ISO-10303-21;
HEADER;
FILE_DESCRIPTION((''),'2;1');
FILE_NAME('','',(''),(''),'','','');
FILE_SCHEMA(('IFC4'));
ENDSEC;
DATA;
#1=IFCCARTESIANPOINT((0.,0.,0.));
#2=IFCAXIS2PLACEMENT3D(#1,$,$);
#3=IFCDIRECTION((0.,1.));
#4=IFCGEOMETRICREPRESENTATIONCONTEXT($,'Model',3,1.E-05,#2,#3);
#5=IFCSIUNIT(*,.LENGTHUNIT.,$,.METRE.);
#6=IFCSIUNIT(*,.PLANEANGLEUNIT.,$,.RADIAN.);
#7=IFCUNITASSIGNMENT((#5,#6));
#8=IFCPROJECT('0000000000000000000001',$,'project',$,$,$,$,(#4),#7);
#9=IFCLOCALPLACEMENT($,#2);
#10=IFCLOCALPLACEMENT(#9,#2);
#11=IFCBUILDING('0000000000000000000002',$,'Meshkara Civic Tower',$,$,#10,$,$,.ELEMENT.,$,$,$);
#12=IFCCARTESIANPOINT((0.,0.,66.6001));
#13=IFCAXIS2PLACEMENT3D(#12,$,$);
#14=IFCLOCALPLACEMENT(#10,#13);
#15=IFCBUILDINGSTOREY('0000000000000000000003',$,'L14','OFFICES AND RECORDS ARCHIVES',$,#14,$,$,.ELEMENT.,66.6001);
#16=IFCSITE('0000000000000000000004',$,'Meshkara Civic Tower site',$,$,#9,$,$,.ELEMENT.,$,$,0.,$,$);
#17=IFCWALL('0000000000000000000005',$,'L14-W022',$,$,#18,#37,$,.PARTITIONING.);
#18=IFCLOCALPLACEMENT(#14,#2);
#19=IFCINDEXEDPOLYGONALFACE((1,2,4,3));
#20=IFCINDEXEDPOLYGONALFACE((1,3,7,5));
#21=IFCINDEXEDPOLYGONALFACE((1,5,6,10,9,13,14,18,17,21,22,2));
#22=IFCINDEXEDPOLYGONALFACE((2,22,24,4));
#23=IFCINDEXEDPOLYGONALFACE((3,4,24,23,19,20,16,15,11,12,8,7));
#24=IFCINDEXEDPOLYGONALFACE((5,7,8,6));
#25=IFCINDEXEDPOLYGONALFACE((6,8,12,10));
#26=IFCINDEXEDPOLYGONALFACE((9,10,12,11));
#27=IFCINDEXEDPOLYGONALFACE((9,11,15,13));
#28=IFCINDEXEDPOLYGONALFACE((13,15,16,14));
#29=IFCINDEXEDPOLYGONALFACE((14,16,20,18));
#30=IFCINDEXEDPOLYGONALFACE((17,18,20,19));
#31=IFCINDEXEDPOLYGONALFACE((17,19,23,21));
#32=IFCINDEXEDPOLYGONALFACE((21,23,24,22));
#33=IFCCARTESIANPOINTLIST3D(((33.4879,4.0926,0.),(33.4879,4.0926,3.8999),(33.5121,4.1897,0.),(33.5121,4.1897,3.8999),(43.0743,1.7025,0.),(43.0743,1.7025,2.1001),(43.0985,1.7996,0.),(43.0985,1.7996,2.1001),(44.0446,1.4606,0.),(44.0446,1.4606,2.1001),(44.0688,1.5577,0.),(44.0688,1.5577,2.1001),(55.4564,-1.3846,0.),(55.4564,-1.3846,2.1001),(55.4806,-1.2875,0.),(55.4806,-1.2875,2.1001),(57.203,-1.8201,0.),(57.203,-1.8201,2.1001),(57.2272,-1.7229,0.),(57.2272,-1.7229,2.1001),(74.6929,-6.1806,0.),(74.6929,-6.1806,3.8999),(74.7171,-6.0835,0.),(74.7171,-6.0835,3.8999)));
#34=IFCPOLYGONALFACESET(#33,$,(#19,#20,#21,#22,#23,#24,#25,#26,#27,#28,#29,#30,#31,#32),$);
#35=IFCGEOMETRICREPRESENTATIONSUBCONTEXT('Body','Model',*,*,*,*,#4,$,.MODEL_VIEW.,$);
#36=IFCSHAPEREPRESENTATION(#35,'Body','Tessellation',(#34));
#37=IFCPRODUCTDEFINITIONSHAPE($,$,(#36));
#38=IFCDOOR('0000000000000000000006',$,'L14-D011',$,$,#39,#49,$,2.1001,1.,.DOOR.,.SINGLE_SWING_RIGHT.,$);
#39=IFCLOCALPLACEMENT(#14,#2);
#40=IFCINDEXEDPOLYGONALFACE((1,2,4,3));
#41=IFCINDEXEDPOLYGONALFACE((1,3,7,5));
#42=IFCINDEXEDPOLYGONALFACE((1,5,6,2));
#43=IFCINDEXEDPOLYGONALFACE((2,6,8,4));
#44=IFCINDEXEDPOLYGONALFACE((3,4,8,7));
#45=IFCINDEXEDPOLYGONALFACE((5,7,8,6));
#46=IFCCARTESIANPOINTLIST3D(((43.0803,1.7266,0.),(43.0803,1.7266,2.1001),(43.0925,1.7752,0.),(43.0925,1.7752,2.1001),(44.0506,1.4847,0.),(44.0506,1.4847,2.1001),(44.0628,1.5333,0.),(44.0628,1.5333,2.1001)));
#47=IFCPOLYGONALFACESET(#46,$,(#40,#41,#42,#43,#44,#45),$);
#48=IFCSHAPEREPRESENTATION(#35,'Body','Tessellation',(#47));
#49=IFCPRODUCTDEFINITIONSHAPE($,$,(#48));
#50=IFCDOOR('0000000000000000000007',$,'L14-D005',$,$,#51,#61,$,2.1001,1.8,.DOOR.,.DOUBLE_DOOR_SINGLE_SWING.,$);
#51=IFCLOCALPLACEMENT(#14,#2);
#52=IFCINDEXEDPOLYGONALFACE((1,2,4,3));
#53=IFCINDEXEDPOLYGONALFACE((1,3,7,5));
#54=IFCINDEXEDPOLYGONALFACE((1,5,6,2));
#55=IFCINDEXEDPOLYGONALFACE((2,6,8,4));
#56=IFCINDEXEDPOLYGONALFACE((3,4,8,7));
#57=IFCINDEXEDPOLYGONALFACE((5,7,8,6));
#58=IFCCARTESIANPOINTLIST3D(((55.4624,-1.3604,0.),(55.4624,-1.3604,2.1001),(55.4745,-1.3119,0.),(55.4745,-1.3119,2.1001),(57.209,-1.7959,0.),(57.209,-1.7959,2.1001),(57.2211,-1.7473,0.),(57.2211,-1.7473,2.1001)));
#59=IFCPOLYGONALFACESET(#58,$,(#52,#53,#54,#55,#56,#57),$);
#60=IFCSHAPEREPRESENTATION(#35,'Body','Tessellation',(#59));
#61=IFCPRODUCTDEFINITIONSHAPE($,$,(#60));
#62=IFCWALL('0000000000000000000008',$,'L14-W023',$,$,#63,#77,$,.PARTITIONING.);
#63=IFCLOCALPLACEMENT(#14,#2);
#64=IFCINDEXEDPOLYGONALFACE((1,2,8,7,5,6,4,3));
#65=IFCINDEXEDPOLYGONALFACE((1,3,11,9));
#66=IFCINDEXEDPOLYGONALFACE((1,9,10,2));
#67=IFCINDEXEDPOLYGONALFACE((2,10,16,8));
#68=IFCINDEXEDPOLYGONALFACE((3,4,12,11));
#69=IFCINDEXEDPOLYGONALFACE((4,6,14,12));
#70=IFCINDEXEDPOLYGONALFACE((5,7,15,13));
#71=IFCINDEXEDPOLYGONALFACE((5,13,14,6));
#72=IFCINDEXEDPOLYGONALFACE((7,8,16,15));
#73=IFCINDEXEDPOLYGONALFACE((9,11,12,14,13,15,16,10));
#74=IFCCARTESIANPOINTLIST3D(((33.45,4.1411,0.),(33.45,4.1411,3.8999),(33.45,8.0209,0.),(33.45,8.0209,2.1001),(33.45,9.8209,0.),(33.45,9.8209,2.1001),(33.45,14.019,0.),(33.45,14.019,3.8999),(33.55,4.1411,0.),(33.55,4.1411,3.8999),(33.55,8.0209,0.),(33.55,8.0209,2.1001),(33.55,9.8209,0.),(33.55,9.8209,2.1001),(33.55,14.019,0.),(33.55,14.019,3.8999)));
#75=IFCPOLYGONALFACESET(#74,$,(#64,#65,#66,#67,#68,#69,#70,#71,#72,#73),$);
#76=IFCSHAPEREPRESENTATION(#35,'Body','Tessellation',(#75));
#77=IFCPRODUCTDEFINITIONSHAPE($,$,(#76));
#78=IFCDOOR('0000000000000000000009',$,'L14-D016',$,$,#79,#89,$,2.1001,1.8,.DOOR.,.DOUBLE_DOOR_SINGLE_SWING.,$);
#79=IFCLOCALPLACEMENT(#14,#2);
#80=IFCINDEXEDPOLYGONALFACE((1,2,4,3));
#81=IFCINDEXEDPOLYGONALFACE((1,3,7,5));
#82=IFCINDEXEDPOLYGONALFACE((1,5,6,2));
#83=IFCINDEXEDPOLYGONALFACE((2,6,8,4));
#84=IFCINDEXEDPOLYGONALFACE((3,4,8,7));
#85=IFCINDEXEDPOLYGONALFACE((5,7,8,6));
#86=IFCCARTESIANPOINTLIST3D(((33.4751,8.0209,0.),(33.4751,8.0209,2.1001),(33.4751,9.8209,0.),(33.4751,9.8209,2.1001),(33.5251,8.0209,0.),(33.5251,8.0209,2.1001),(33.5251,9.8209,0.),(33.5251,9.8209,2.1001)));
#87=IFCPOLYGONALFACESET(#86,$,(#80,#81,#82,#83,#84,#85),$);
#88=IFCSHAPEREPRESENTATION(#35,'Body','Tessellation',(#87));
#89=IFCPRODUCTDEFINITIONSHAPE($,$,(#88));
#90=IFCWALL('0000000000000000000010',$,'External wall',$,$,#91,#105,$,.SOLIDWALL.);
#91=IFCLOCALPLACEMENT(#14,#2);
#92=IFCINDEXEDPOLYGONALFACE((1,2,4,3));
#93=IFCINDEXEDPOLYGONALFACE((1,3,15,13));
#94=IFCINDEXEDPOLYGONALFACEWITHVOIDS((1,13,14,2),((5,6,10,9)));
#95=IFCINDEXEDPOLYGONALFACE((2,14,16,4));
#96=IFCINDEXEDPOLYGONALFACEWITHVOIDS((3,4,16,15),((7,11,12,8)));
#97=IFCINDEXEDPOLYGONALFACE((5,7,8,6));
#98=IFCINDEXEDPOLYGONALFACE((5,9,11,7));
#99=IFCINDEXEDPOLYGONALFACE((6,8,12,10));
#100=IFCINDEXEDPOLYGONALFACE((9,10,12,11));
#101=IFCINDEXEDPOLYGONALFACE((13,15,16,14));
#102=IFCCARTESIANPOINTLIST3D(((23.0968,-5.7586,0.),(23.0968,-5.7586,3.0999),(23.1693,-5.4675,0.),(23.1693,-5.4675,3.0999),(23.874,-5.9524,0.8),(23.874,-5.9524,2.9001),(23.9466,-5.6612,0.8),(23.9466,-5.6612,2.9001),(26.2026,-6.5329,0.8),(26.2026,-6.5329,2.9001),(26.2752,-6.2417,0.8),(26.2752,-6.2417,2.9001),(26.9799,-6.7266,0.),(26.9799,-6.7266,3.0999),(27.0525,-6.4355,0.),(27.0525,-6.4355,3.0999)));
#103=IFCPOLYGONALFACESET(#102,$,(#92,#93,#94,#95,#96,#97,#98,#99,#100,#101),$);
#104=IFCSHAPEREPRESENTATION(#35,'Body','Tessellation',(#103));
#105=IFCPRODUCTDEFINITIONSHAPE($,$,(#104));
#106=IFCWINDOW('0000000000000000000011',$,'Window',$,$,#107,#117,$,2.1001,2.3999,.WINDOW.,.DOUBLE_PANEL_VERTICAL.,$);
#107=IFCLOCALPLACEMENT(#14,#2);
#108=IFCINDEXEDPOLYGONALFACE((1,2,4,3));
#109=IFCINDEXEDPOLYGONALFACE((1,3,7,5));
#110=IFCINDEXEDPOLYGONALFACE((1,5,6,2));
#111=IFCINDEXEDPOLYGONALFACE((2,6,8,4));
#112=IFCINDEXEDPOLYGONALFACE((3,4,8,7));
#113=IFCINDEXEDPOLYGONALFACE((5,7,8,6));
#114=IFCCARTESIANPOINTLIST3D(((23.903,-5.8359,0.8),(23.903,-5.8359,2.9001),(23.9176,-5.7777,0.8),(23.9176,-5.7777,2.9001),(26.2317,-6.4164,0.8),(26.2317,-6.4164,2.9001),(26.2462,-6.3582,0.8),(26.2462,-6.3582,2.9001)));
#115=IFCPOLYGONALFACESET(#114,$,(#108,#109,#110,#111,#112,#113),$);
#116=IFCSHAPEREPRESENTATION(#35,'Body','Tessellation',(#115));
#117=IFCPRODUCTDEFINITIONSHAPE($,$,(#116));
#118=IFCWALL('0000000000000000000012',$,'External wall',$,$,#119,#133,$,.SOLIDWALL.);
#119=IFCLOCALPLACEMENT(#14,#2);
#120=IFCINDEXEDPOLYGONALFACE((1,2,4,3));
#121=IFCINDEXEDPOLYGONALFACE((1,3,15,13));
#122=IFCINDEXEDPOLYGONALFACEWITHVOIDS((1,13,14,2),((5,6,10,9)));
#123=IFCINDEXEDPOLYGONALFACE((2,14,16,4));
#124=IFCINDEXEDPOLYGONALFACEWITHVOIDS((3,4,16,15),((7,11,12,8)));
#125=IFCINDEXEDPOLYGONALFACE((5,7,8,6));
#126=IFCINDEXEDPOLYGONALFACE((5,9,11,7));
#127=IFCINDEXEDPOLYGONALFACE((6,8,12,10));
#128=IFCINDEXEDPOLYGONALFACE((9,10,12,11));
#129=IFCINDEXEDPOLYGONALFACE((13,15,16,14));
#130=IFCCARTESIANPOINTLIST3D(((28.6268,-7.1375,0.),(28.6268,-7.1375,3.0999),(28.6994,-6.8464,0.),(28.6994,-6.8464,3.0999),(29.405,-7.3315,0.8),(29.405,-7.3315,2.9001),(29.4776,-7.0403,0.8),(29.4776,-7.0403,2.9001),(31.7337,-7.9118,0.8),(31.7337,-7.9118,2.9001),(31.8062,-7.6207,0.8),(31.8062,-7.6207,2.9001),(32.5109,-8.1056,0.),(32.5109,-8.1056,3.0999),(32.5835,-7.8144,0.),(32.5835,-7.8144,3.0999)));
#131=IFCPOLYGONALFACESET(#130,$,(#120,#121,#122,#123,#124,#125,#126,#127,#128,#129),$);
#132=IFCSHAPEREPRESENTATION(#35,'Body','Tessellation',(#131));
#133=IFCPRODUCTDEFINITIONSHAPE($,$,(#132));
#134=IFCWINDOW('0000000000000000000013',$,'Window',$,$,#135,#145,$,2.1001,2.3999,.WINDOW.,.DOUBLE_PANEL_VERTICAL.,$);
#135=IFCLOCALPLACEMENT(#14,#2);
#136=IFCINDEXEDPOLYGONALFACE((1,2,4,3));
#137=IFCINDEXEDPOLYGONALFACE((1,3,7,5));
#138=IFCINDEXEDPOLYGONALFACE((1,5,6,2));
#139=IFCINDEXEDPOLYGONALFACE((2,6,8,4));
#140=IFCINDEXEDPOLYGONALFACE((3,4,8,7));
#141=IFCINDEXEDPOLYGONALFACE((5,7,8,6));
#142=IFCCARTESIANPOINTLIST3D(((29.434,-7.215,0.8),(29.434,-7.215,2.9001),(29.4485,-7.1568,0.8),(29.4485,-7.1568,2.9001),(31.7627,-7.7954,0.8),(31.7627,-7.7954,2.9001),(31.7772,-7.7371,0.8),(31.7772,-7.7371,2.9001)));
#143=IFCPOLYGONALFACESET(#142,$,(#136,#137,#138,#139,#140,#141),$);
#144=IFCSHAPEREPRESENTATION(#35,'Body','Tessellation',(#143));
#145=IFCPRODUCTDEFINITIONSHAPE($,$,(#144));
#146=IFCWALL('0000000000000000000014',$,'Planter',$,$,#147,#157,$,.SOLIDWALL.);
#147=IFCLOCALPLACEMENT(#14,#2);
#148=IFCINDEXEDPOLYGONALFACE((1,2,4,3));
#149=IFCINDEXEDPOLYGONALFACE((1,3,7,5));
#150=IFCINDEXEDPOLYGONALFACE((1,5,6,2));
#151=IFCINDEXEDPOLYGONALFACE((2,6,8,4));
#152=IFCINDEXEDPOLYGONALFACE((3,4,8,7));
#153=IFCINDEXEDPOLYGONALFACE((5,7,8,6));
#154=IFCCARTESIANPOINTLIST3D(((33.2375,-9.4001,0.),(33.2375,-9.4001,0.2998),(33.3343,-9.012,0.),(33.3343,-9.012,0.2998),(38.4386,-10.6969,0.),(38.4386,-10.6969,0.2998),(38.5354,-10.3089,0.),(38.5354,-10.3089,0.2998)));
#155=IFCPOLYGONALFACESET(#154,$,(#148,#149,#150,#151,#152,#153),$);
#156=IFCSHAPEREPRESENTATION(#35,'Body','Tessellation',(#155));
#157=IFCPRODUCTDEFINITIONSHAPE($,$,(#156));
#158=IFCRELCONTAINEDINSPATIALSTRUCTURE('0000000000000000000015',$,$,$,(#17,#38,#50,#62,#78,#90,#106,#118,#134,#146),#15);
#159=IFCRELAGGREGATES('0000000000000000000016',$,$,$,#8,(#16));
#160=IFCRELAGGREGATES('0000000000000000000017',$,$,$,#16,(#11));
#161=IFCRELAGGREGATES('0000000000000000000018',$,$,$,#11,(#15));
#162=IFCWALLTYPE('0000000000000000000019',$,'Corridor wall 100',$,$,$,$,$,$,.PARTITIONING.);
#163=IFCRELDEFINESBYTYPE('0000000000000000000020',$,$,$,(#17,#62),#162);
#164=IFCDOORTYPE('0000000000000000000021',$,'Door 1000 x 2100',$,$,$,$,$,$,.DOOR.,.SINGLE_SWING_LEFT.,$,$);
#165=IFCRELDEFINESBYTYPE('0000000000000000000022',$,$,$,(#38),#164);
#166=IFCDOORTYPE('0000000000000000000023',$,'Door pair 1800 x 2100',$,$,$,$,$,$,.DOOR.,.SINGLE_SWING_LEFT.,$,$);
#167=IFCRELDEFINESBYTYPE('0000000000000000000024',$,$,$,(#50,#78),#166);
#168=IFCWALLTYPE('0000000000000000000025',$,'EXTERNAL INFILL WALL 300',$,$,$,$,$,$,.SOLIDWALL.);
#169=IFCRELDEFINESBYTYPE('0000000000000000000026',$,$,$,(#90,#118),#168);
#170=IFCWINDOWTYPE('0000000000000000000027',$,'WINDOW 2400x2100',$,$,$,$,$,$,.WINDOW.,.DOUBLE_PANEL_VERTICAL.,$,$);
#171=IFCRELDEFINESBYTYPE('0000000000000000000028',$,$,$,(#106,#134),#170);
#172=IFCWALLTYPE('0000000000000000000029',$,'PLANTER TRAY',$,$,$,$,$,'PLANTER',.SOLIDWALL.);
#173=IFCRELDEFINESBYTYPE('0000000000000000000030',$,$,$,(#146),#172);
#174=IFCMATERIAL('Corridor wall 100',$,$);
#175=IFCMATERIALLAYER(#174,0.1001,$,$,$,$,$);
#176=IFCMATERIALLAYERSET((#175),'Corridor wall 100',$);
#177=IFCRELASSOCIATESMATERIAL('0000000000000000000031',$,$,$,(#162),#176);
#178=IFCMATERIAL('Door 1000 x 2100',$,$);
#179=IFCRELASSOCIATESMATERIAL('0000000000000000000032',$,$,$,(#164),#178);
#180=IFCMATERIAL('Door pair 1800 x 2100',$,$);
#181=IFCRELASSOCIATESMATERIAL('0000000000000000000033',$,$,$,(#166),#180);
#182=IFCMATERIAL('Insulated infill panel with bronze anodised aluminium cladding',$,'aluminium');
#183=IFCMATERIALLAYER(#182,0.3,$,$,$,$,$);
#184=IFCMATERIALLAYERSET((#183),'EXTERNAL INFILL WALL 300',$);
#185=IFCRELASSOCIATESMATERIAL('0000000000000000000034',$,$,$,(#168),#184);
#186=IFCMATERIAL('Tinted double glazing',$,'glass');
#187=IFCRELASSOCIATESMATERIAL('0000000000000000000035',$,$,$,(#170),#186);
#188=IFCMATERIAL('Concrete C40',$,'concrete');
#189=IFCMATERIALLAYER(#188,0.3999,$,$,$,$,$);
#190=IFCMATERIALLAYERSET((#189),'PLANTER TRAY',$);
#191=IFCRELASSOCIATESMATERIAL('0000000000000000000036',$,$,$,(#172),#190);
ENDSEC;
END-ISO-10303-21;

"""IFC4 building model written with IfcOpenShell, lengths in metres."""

from ifc_helpers import new_model, si_unit, direction, frame, frame_2d, origin, place, context, subcontext, project, spatial, rectangle, extrude, material, layer, layer_set, type_object, element, fill, save


model = new_model("IFC4")

# Units and contexts
model_context = context("Model", 3, precision=1e-05, world=origin(), true_north=direction((0.0, 1.0)))
body_context = subcontext(model_context, "Body", "Model", "MODEL_VIEW")
ifc_project = project(units=[si_unit("LENGTHUNIT", "METRE"), si_unit("PLANEANGLEUNIT", "RADIAN")], contexts=[model_context])

# Site, building, storey
site_placement = place(None, origin())
site = spatial("IfcSite", under=ifc_project, at=site_placement, Name="Meshkara Civic Tower site", CompositionType="ELEMENT", RefElevation=0.0)
building_placement = place(site_placement, origin())
building = spatial("IfcBuilding", under=site, at=building_placement, Name="Meshkara Civic Tower", CompositionType="ELEMENT")
storey_placement = place(building_placement, frame((0.0, 0.0, 66.6001)))
storey = spatial("IfcBuildingStorey", under=building, at=storey_placement, Name="L14", Description="OFFICES AND RECORDS ARCHIVES", CompositionType="ELEMENT", Elevation=66.6001)

# Wall, openings, doors
ifc_material_1 = material(Name="Corridor wall 100")
ifc_layer_1 = layer(ifc_material_1, 0.1001)
ifc_layer_set_1 = layer_set([ifc_layer_1], Name="Corridor wall 100")
wall_type_1 = type_object("IfcWallType", Name="Corridor wall 100", PredefinedType="PARTITIONING", material=ifc_layer_set_1)
wall_1_placement = place(storey_placement, frame((33.5, 4.1411, 0.0), z_axis=(0.0, 0.0, 1.0), x_axis=(0.970298, -0.241913, 0.0)))
wall_1 = element("IfcWall", 1, at=wall_1_placement, inside=storey, type_object=wall_type_1, Name="L14-W022", PredefinedType="PARTITIONING", context=body_context, shape_type="SweptSolid", body=[
    extrude(rectangle(XDim=42.4663, YDim=0.1001, at=frame_2d((21.2332, 0.0))), origin(), (0.0, 0.0, 1.0), 3.8999),
])
opening_1_placement = place(wall_1_placement, frame((22.6411, 0.0, 0.0)))
opening_1 = element("IfcOpeningElement", 2, at=opening_1_placement, cuts=wall_1, PredefinedType="OPENING", context=body_context, shape_type="SweptSolid", body=[
    extrude(rectangle(XDim=1.8, YDim=2.1001, at=frame_2d((0.8999, 1.05))), frame((0.0, 0.0601, 0.0), z_axis=(0.0, -1.0, 0.0), x_axis=(1.0, 0.0, 0.0)), (0.0, 0.0, 1.0), 0.1201),
])
opening_2_placement = place(wall_1_placement, frame((9.8799, 0.0, 0.0)))
opening_2 = element("IfcOpeningElement", 3, at=opening_2_placement, cuts=wall_1, PredefinedType="OPENING", context=body_context, shape_type="SweptSolid", body=[
    extrude(rectangle(XDim=1.0, YDim=2.1001, at=frame_2d((0.5, 1.05))), frame((0.0, 0.0601, 0.0), z_axis=(0.0, -1.0, 0.0), x_axis=(1.0, 0.0, 0.0)), (0.0, 0.0, 1.0), 0.1201),
])
ifc_material_2 = material(Name="Door 1000 x 2100")
door_type_1 = type_object("IfcDoorType", Name="Door 1000 x 2100", OperationType="SINGLE_SWING_LEFT", PredefinedType="DOOR", material=ifc_material_2)
door_1_placement = place(opening_2_placement, origin())
door_1 = element("IfcDoor", 4, at=door_1_placement, inside=storey, type_object=door_type_1, Name="L14-D011", OperationType="SINGLE_SWING_RIGHT", OverallHeight=2.1001, OverallWidth=1.0, PredefinedType="DOOR", context=body_context, shape_type="SweptSolid", body=[
    extrude(rectangle(XDim=1.0, YDim=2.1001, at=frame_2d((0.5, 1.05))), frame((0.0, 0.0249, 0.0), z_axis=(0.0, -1.0, 0.0), x_axis=(1.0, 0.0, 0.0)), (0.0, 0.0, 1.0), 0.05),
])
fill(opening_2, door_1)
ifc_material_3 = material(Name="Door pair 1800 x 2100")
door_type_2 = type_object("IfcDoorType", Name="Door pair 1800 x 2100", OperationType="SINGLE_SWING_LEFT", PredefinedType="DOOR", material=ifc_material_3)
door_2_placement = place(opening_1_placement, origin())
door_2 = element("IfcDoor", 5, at=door_2_placement, inside=storey, type_object=door_type_2, Name="L14-D005", OperationType="DOUBLE_DOOR_SINGLE_SWING", OverallHeight=2.1001, OverallWidth=1.8, PredefinedType="DOOR", context=body_context, shape_type="SweptSolid", body=[
    extrude(rectangle(XDim=1.8, YDim=2.1001, at=frame_2d((0.8999, 1.05))), frame((0.0, 0.0249, 0.0), z_axis=(0.0, -1.0, 0.0), x_axis=(1.0, 0.0, 0.0)), (0.0, 0.0, 1.0), 0.05),
])
fill(opening_1, door_2)

# Wall, opening, door
wall_2_placement = place(storey_placement, frame((33.5, 4.1411, 0.0), z_axis=(0.0, 0.0, 1.0), x_axis=(0.0, 1.0, 0.0)))
wall_2 = element("IfcWall", 6, at=wall_2_placement, inside=storey, type_object=wall_type_1, Name="L14-W023", PredefinedType="PARTITIONING", context=body_context, shape_type="SweptSolid", body=[
    extrude(rectangle(XDim=9.8779, YDim=0.1001, at=frame_2d((4.939, 0.0))), origin(), (0.0, 0.0, 1.0), 3.8999),
])
opening_3_placement = place(wall_2_placement, frame((3.8799, 0.0, 0.0)))
opening_3 = element("IfcOpeningElement", 7, at=opening_3_placement, cuts=wall_2, PredefinedType="OPENING", context=body_context, shape_type="SweptSolid", body=[
    extrude(rectangle(XDim=1.8, YDim=2.1001, at=frame_2d((0.8999, 1.05))), frame((0.0, 0.0601, 0.0), z_axis=(0.0, -1.0, 0.0), x_axis=(1.0, 0.0, 0.0)), (0.0, 0.0, 1.0), 0.1201),
])
door_3_placement = place(opening_3_placement, origin())
door_3 = element("IfcDoor", 8, at=door_3_placement, inside=storey, type_object=door_type_2, Name="L14-D016", OperationType="DOUBLE_DOOR_SINGLE_SWING", OverallHeight=2.1001, OverallWidth=1.8, PredefinedType="DOOR", context=body_context, shape_type="SweptSolid", body=[
    extrude(rectangle(XDim=1.8, YDim=2.1001, at=frame_2d((0.8999, 1.05))), frame((0.0, 0.0249, 0.0), z_axis=(0.0, -1.0, 0.0), x_axis=(1.0, 0.0, 0.0)), (0.0, 0.0, 1.0), 0.05),
])
fill(opening_3, door_3)

# Walls, openings, windows
ifc_material_4 = material(Name="Insulated infill panel with bronze anodised aluminium cladding", Category="aluminium")
ifc_layer_2 = layer(ifc_material_4, 0.3)
ifc_layer_set_2 = layer_set([ifc_layer_2], Name="EXTERNAL INFILL WALL 300")
wall_type_2 = type_object("IfcWallType", Name="EXTERNAL INFILL WALL 300", PredefinedType="SOLIDWALL", material=ifc_layer_set_2)
wall_3_placement = place(storey_placement, frame((23.1331, -5.613, 0.0), z_axis=(0.0, 0.0, 1.0), x_axis=(0.970304, -0.24189, 0.0)))
wall_3 = element("IfcWall", 9, at=wall_3_placement, inside=storey, type_object=wall_type_2, Name="External wall", PredefinedType="SOLIDWALL", context=body_context, shape_type="SweptSolid", body=[
    extrude(rectangle(XDim=4.002, YDim=0.3, at=frame_2d((2.001, 0.0))), origin(), (0.0, 0.0, 1.0), 3.0999),
])
opening_4_placement = place(wall_3_placement, frame((0.801, 0.0, 0.8)))
opening_4 = element("IfcOpeningElement", 10, at=opening_4_placement, cuts=wall_3, PredefinedType="OPENING", context=body_context, shape_type="SweptSolid", body=[
    extrude(rectangle(XDim=2.3999, YDim=2.1001, at=frame_2d((1.2, 1.05))), frame((0.0, 0.1599, 0.0), z_axis=(0.0, -1.0, 0.0), x_axis=(1.0, 0.0, 0.0)), (0.0, 0.0, 1.0), 0.3201),
])
ifc_material_5 = material(Name="Tinted double glazing", Category="glass")
window_type = type_object("IfcWindowType", Name="WINDOW 2400x2100", PartitioningType="DOUBLE_PANEL_VERTICAL", PredefinedType="WINDOW", material=ifc_material_5)
window_1_placement = place(opening_4_placement, origin())
window_1 = element("IfcWindow", 11, at=window_1_placement, inside=storey, type_object=window_type, Name="Window", OverallHeight=2.1001, OverallWidth=2.3999, PartitioningType="DOUBLE_PANEL_VERTICAL", PredefinedType="WINDOW", context=body_context, shape_type="SweptSolid", body=[
    extrude(rectangle(XDim=2.3999, YDim=2.1001, at=frame_2d((1.2, 1.05))), frame((0.0, 0.03, 0.0), z_axis=(0.0, -1.0, 0.0), x_axis=(1.0, 0.0, 0.0)), (0.0, 0.0, 1.0), 0.0601),
])
fill(opening_4, window_1)
wall_4_placement = place(storey_placement, frame((28.6631, -6.9919, 0.0), z_axis=(0.0, 0.0, 1.0), x_axis=(0.970318, -0.241832, 0.0)))
wall_4 = element("IfcWall", 12, at=wall_4_placement, inside=storey, type_object=wall_type_2, Name="External wall", PredefinedType="SOLIDWALL", context=body_context, shape_type="SweptSolid", body=[
    extrude(rectangle(XDim=4.0029, YDim=0.3, at=frame_2d((2.0015, 0.0))), origin(), (0.0, 0.0, 1.0), 3.0999),
])
opening_5_placement = place(wall_4_placement, frame((0.802, 0.0, 0.8)))
opening_5 = element("IfcOpeningElement", 13, at=opening_5_placement, cuts=wall_4, PredefinedType="OPENING", context=body_context, shape_type="SweptSolid", body=[
    extrude(rectangle(XDim=2.3999, YDim=2.1001, at=frame_2d((1.2, 1.05))), frame((0.0, 0.1599, 0.0), z_axis=(0.0, -1.0, 0.0), x_axis=(1.0, 0.0, 0.0)), (0.0, 0.0, 1.0), 0.3201),
])
window_2_placement = place(opening_5_placement, origin())
window_2 = element("IfcWindow", 14, at=window_2_placement, inside=storey, type_object=window_type, Name="Window", OverallHeight=2.1001, OverallWidth=2.3999, PartitioningType="DOUBLE_PANEL_VERTICAL", PredefinedType="WINDOW", context=body_context, shape_type="SweptSolid", body=[
    extrude(rectangle(XDim=2.3999, YDim=2.1001, at=frame_2d((1.2, 1.05))), frame((0.0, 0.03, 0.0), z_axis=(0.0, -1.0, 0.0), x_axis=(1.0, 0.0, 0.0)), (0.0, 0.0, 1.0), 0.0601),
])
fill(opening_5, window_2)

# Wall
ifc_material_6 = material(Name="Concrete C40", Category="concrete")
ifc_layer_3 = layer(ifc_material_6, 0.3999)
ifc_layer_set_3 = layer_set([ifc_layer_3], Name="PLANTER TRAY")
wall_type_3 = type_object("IfcWallType", Name="PLANTER TRAY", ElementType="PLANTER", PredefinedType="SOLIDWALL", material=ifc_layer_set_3)
wall_5_placement = place(storey_placement, frame((33.2859, -9.2061, 0.0), z_axis=(0.0, 0.0, 1.0), x_axis=(0.970292, -0.241935, 0.0)))
element("IfcWall", 15, at=wall_5_placement, inside=storey, type_object=wall_type_3, Name="Planter", PredefinedType="SOLIDWALL", context=body_context, shape_type="SweptSolid", body=[
    extrude(rectangle(XDim=5.3604, YDim=0.3999, at=frame_2d((2.6802, 0.0))), origin(), (0.0, 0.0, 1.0), 0.2998),
])

save(model, "model.ifc")
